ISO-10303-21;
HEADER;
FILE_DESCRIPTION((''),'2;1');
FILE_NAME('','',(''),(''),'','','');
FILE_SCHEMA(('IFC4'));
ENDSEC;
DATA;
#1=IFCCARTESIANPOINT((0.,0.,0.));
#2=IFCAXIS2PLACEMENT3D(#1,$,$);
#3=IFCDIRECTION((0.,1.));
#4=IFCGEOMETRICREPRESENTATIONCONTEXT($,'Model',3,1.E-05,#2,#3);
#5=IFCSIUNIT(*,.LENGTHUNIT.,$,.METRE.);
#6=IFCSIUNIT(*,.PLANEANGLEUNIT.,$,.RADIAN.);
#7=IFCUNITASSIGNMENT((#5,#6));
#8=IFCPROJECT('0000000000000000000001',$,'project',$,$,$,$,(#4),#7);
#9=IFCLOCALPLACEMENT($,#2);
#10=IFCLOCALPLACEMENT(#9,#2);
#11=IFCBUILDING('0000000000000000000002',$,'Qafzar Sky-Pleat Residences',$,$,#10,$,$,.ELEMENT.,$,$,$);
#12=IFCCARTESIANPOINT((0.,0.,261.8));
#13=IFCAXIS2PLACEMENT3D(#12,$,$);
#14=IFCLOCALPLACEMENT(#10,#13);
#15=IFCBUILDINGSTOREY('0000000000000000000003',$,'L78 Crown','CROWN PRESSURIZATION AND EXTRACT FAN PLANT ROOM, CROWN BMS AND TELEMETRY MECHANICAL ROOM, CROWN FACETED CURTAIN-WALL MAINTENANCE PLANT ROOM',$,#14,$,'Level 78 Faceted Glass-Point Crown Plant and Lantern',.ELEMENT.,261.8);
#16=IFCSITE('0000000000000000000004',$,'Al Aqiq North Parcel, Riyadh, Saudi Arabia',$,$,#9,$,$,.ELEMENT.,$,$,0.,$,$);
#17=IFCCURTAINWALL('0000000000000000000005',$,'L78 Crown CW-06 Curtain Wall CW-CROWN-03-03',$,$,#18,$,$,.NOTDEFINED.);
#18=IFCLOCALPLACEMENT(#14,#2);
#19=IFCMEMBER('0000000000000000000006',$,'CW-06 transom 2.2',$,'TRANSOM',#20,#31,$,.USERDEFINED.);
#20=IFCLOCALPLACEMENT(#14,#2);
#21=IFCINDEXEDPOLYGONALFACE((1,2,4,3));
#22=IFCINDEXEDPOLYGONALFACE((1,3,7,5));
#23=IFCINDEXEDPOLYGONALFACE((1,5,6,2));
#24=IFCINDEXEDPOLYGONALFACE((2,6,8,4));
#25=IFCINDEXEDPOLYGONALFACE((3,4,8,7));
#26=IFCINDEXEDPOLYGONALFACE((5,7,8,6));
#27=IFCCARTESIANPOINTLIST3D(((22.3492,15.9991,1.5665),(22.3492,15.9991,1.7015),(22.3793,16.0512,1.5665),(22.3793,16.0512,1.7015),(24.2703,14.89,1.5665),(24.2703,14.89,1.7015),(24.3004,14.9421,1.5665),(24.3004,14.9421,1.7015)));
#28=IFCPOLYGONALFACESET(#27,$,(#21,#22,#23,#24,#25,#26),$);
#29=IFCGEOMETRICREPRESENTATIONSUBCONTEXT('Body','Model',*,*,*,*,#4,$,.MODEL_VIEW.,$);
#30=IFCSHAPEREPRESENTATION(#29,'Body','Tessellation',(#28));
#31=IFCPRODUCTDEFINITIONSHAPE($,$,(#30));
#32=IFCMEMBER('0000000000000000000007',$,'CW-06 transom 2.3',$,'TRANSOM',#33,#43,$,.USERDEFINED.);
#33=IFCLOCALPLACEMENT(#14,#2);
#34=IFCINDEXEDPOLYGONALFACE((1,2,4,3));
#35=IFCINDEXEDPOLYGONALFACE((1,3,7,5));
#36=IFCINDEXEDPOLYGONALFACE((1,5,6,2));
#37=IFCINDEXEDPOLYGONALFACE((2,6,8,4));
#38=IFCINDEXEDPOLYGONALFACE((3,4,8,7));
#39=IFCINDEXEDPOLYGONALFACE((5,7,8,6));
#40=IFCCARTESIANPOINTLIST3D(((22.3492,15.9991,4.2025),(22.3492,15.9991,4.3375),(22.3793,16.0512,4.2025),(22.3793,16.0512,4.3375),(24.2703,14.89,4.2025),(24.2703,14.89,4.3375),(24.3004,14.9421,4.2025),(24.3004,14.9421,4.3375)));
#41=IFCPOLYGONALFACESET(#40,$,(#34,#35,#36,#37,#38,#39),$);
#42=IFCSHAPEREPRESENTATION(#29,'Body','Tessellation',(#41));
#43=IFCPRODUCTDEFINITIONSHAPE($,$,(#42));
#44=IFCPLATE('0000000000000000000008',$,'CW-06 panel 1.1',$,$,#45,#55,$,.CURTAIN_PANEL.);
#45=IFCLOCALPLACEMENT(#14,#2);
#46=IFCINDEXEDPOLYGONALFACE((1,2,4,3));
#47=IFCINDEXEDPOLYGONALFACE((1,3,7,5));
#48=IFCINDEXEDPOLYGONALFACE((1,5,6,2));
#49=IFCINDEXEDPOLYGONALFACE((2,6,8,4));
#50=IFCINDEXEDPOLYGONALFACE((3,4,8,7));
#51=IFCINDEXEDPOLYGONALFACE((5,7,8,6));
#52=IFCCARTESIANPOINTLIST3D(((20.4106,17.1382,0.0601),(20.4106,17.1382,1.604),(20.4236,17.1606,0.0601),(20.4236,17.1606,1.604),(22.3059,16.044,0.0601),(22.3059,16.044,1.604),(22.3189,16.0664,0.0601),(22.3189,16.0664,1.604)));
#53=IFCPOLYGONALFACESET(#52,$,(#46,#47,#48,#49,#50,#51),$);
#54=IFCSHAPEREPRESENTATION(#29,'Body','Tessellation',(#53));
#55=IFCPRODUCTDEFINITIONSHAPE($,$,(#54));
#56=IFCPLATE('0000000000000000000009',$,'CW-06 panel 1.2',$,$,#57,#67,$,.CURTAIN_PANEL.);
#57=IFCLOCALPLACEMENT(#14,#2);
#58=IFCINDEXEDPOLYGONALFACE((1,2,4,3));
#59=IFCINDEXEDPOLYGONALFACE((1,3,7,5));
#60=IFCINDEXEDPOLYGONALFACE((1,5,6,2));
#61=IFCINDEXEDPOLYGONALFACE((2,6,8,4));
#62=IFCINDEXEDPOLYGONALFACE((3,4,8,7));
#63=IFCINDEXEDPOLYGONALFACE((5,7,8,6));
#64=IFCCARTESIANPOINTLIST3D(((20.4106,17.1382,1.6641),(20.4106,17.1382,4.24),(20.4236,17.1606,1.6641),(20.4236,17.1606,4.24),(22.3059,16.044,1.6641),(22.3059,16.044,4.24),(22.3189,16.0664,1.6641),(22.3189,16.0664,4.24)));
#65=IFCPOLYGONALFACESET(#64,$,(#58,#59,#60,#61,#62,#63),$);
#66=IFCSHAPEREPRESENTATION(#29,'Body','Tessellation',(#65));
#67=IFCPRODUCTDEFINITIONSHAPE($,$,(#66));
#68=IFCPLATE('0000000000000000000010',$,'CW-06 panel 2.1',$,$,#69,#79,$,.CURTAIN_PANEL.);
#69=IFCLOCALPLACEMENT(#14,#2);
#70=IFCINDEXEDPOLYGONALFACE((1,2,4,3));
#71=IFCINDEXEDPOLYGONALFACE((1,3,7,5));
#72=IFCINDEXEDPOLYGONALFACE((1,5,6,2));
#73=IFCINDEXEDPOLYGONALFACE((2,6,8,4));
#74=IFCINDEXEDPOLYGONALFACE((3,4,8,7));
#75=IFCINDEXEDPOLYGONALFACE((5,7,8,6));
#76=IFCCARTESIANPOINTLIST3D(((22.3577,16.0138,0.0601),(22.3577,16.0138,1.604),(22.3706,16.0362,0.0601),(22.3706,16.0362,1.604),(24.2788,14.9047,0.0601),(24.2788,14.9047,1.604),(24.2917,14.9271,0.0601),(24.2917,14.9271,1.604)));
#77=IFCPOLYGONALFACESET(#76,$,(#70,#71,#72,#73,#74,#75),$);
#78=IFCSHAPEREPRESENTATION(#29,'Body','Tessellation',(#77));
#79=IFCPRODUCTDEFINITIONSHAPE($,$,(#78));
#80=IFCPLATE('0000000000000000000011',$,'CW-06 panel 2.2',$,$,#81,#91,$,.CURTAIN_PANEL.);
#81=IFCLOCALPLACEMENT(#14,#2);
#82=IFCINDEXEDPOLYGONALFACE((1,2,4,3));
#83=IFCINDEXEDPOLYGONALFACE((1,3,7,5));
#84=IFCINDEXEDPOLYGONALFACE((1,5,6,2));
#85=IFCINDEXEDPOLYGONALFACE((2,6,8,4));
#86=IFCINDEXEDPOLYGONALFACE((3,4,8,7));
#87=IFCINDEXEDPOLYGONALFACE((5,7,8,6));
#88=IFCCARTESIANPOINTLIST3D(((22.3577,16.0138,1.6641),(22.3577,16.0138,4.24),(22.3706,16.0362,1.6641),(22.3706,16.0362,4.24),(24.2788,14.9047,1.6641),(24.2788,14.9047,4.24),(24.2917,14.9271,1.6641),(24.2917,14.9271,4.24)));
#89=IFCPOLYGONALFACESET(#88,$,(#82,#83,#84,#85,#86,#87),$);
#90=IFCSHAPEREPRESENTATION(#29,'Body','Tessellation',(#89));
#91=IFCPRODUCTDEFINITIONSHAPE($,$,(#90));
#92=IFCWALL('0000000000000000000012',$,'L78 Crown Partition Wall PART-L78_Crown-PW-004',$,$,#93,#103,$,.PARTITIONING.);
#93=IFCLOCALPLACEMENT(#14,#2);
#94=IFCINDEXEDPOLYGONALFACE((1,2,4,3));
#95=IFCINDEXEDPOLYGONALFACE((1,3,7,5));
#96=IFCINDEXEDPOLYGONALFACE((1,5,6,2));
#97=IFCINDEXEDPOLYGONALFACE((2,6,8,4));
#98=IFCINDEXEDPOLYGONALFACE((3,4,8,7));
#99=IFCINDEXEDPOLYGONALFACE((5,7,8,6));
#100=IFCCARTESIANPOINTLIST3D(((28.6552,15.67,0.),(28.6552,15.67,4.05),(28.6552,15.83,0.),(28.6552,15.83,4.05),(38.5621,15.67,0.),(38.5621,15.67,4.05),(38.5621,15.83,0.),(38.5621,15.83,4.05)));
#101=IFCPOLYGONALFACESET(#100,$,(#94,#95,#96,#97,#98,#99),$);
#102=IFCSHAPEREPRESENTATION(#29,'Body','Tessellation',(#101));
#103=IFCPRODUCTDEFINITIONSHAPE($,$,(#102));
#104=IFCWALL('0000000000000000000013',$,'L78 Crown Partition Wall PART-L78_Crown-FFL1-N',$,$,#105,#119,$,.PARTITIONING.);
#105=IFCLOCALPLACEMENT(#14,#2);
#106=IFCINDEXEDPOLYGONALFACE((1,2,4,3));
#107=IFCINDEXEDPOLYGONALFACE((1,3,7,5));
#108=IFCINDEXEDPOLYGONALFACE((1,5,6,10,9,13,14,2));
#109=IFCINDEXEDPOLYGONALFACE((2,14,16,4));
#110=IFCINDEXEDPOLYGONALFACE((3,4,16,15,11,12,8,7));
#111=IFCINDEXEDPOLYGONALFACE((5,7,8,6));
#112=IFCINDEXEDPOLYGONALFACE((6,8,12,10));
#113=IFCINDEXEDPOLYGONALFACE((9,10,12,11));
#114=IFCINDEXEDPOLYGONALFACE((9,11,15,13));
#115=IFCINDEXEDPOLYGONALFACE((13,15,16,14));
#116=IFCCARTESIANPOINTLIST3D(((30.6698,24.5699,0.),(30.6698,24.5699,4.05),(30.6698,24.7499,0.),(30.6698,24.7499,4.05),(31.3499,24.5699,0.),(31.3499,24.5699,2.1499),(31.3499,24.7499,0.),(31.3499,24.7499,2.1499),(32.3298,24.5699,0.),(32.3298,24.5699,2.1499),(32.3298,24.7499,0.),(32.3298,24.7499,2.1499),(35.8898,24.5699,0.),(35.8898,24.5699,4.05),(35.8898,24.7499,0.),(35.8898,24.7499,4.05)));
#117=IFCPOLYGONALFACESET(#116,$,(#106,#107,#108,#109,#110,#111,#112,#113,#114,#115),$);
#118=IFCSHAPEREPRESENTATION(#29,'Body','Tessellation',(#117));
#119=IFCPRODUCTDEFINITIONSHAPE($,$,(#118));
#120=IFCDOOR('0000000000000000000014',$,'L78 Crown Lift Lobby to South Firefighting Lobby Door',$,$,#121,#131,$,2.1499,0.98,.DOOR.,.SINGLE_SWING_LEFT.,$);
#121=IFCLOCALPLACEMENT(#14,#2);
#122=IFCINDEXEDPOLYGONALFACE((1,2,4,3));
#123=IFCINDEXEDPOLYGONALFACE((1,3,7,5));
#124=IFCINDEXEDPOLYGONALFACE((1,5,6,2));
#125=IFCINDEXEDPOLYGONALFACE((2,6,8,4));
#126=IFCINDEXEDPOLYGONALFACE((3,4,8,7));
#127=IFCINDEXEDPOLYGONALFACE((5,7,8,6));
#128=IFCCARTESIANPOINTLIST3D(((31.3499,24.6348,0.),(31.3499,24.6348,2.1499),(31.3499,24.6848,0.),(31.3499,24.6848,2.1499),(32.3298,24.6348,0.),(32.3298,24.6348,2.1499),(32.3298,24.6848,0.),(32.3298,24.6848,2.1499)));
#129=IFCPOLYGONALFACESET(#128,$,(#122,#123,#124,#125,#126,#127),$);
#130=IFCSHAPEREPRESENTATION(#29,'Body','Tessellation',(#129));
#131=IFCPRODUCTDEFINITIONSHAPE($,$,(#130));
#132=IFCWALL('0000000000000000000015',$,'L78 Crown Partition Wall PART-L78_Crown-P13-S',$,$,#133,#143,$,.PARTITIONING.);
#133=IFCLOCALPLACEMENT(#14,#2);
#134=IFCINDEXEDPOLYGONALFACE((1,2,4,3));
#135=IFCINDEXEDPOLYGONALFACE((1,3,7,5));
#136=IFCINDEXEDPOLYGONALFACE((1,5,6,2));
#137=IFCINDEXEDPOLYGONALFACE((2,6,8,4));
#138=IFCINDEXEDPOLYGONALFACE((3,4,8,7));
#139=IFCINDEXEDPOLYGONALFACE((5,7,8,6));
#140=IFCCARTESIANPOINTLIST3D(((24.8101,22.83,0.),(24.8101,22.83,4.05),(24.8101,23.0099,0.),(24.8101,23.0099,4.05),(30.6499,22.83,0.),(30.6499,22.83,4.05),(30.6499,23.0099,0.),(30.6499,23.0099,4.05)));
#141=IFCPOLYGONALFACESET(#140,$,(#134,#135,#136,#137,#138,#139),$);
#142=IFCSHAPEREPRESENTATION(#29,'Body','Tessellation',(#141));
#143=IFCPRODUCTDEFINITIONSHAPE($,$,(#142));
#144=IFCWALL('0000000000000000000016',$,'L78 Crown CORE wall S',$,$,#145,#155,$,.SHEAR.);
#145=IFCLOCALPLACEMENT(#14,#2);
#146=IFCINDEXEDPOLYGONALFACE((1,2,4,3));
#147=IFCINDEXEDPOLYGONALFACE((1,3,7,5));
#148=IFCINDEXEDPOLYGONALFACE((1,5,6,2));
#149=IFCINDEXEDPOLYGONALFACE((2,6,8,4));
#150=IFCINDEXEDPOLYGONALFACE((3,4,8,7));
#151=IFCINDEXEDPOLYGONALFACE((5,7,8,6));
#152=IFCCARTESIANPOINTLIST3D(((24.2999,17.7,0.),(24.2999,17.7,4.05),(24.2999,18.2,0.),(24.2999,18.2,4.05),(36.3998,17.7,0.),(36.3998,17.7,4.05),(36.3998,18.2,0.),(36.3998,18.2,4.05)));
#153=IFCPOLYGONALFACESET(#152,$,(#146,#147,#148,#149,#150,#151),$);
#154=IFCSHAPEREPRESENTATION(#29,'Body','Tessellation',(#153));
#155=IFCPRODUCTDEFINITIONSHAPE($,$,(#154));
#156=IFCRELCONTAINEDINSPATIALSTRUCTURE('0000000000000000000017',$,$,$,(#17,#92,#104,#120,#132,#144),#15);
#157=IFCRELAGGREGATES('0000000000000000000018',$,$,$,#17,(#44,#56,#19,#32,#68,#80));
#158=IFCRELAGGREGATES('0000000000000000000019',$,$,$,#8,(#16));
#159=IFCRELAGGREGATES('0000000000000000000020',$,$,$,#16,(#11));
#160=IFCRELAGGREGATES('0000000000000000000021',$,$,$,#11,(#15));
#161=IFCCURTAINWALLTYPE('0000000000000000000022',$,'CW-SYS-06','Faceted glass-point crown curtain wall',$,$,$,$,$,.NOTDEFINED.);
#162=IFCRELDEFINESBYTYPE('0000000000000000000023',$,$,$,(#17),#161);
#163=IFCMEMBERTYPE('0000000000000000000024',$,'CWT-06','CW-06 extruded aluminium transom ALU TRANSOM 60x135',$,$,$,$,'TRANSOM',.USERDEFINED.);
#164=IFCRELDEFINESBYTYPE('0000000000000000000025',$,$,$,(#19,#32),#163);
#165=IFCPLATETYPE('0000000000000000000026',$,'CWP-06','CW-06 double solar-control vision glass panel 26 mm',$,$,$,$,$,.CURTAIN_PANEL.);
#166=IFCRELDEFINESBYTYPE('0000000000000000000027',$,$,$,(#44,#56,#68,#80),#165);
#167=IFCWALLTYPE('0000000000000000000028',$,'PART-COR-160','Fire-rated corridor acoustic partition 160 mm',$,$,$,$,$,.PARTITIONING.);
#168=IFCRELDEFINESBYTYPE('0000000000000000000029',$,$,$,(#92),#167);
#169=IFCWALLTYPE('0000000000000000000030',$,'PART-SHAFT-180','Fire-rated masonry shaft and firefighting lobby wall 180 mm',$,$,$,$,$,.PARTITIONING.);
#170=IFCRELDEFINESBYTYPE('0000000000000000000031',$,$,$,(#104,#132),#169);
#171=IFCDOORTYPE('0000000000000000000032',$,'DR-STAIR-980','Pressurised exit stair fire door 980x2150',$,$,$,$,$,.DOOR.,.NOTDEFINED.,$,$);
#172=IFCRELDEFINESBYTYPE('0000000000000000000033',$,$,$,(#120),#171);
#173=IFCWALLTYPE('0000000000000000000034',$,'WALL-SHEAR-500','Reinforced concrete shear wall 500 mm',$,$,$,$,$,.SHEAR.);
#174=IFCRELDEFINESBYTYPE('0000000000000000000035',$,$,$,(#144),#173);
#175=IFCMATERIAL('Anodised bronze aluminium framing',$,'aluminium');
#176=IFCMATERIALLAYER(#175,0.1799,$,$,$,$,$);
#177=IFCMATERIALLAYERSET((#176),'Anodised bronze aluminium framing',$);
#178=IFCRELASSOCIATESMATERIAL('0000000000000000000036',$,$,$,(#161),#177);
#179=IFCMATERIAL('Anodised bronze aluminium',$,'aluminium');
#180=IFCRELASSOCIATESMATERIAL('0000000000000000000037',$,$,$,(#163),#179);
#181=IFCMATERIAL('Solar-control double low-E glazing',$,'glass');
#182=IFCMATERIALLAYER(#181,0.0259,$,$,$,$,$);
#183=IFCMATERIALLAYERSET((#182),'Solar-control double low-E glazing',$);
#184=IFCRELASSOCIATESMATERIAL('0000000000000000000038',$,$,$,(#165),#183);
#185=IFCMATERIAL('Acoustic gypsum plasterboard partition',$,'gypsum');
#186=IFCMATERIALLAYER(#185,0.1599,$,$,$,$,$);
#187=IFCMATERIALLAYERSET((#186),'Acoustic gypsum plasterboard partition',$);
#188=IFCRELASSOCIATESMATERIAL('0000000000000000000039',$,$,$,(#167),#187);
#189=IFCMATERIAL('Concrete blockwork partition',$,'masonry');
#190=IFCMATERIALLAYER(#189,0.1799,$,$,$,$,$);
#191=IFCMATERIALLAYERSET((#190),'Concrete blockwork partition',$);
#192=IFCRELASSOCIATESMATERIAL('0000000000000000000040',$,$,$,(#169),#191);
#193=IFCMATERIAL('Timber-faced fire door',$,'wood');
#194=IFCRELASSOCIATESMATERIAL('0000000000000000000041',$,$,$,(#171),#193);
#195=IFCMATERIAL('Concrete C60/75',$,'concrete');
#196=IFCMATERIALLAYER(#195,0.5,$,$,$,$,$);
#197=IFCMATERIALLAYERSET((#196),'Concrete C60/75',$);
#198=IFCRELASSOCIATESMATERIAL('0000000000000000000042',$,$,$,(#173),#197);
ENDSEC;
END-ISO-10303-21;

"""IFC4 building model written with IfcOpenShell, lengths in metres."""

from ifc_helpers import new_model, si_unit, direction, frame, frame_2d, origin, origin_2d, place, context, subcontext, project, spatial, rectangle, extrude, source, transform, mapped, material, layer, layer_set, material_profile, profile_set, type_object, element, fill, aggregate, save


model = new_model("IFC4")

# Units and contexts
model_context = context("Model", 3, precision=1e-05, world=origin(), true_north=direction((0.0, 1.0)))
body_context = subcontext(model_context, "Body", "Model", "MODEL_VIEW")
ifc_project = project(units=[si_unit("LENGTHUNIT", "METRE"), si_unit("PLANEANGLEUNIT", "RADIAN")], contexts=[model_context])

# Site, building, storey
site_placement = place(None, origin())
site = spatial("IfcSite", under=ifc_project, at=site_placement, Name="Al Aqiq North Parcel, Riyadh, Saudi Arabia", CompositionType="ELEMENT", RefElevation=0.0)
building_placement = place(site_placement, origin())
building = spatial("IfcBuilding", under=site, at=building_placement, Name="Qafzar Sky-Pleat Residences", CompositionType="ELEMENT")
storey_placement = place(building_placement, frame((0.0, 0.0, 261.8)))
storey = spatial("IfcBuildingStorey", under=building, at=storey_placement, Name="L78 Crown", Description="CROWN PRESSURIZATION AND EXTRACT FAN PLANT ROOM, CROWN BMS AND TELEMETRY MECHANICAL ROOM, CROWN FACETED CURTAIN-WALL MAINTENANCE PLANT ROOM", LongName="Level 78 Faceted Glass-Point Crown Plant and Lantern", CompositionType="ELEMENT", Elevation=261.8)

# Curtain wall, members, plates
ifc_material_1 = material(Name="Anodised bronze aluminium framing", Category="aluminium")
ifc_layer_1 = layer(ifc_material_1, 0.1799)
ifc_layer_set_1 = layer_set([ifc_layer_1], Name="Anodised bronze aluminium framing")
curtain_wall_type = type_object("IfcCurtainWallType", Name="CW-SYS-06", Description="Faceted glass-point crown curtain wall", PredefinedType="NOTDEFINED", material=ifc_layer_set_1)
curtain_wall_placement = place(storey_placement, origin())
curtain_wall = element("IfcCurtainWall", 1, at=curtain_wall_placement, inside=storey, type_object=curtain_wall_type, Name="L78 Crown CW-06 Curtain Wall CW-CROWN-03-03", PredefinedType="NOTDEFINED")
ifc_material_2 = material(Name="Anodised bronze aluminium", Category="aluminium")
ifc_material_profile_1 = material_profile(ifc_material_2, rectangle(XDim=0.0601, YDim=0.135, at=origin_2d()), Name="ALU TRANSOM 60x135")
ifc_profile_set_1 = profile_set([ifc_material_profile_1], Name="Anodised bronze aluminium")
member_type_1 = type_object("IfcMemberType", Name="CWT-06", Description="CW-06 extruded aluminium transom ALU TRANSOM 60x135", ElementType="TRANSOM", PredefinedType="USERDEFINED", material=ifc_profile_set_1)
shared_shape_1 = source(origin(), body_context, "Body", "SweptSolid", [
    extrude(rectangle(XDim=0.0601, YDim=0.135, at=origin_2d()), origin(), (0.0, 0.0, 1.0), 2.2183),
])
member_1_placement = place(storey_placement, frame((22.3643, 16.0251, 1.634), z_axis=(0.866033, -0.499986, 0.0), x_axis=(0.499986, 0.866033, 0.0)))
member_1 = element("IfcMember", 2, at=member_1_placement, type_object=member_type_1, Name="CW-06 transom 2.2", ObjectType="TRANSOM", PredefinedType="USERDEFINED", context=body_context, shape_type="MappedRepresentation", body=[
    mapped(shared_shape_1, transform((0.0, 0.0, 0.0), x_axis=(1.0, 0.0, 0.0), y_axis=(0.0, 1.0, 0.0), z_axis=(0.0, 0.0, 1.0), scale=1.0)),
])
member_2_placement = place(storey_placement, frame((22.3643, 16.0251, 4.27), z_axis=(0.866033, -0.499986, 0.0), x_axis=(0.499986, 0.866033, 0.0)))
member_2 = element("IfcMember", 3, at=member_2_placement, type_object=member_type_1, Name="CW-06 transom 2.3", ObjectType="TRANSOM", PredefinedType="USERDEFINED", context=body_context, shape_type="MappedRepresentation", body=[
    mapped(shared_shape_1, transform((0.0, 0.0, 0.0), x_axis=(1.0, 0.0, 0.0), y_axis=(0.0, 1.0, 0.0), z_axis=(0.0, 0.0, 1.0), scale=1.0)),
])
ifc_material_3 = material(Name="Solar-control double low-E glazing", Category="glass")
ifc_layer_2 = layer(ifc_material_3, 0.0259)
ifc_layer_set_2 = layer_set([ifc_layer_2], Name="Solar-control double low-E glazing")
plate_type = type_object("IfcPlateType", Name="CWP-06", Description="CW-06 double solar-control vision glass panel 26 mm", PredefinedType="CURTAIN_PANEL", material=ifc_layer_set_2)
shared_shape_2 = source(origin(), body_context, "Body", "SweptSolid", [
    extrude(rectangle(XDim=2.1885, YDim=0.0259, at=origin_2d()), origin(), (0.0, 0.0, 1.0), 1.5439),
])
plate_1_placement = place(storey_placement, frame((21.3647, 16.6023, 0.0601), z_axis=(0.0, 0.0, 1.0), x_axis=(0.86603, -0.499993, 0.0)))
plate_1 = element("IfcPlate", 4, at=plate_1_placement, type_object=plate_type, Name="CW-06 panel 1.1", PredefinedType="CURTAIN_PANEL", context=body_context, shape_type="MappedRepresentation", body=[
    mapped(shared_shape_2, transform((0.0, 0.0, 0.0), x_axis=(1.0, 0.0, 0.0), y_axis=(0.0, 1.0, 0.0), z_axis=(0.0, 0.0, 1.0), scale=1.0)),
])
shared_shape_3 = source(origin(), body_context, "Body", "SweptSolid", [
    extrude(rectangle(XDim=2.1885, YDim=0.0259, at=origin_2d()), origin(), (0.0, 0.0, 1.0), 2.5759),
])
plate_2_placement = place(storey_placement, frame((21.3647, 16.6023, 1.6641), z_axis=(0.0, 0.0, 1.0), x_axis=(0.86603, -0.499993, 0.0)))
plate_2 = element("IfcPlate", 5, at=plate_2_placement, type_object=plate_type, Name="CW-06 panel 1.2", PredefinedType="CURTAIN_PANEL", context=body_context, shape_type="MappedRepresentation", body=[
    mapped(shared_shape_3, transform((0.0, 0.0, 0.0), x_axis=(1.0, 0.0, 0.0), y_axis=(0.0, 1.0, 0.0), z_axis=(0.0, 0.0, 1.0), scale=1.0)),
])
shared_shape_4 = source(origin(), body_context, "Body", "SweptSolid", [
    extrude(rectangle(XDim=2.2183, YDim=0.0259, at=origin_2d()), origin(), (0.0, 0.0, 1.0), 1.5439),
])
plate_3_placement = place(storey_placement, frame((23.3247, 15.4705, 0.0601), z_axis=(0.0, 0.0, 1.0), x_axis=(0.86603, -0.499993, 0.0)))
plate_3 = element("IfcPlate", 6, at=plate_3_placement, type_object=plate_type, Name="CW-06 panel 2.1", PredefinedType="CURTAIN_PANEL", context=body_context, shape_type="MappedRepresentation", body=[
    mapped(shared_shape_4, transform((0.0, 0.0, 0.0), x_axis=(1.0, 0.0, 0.0), y_axis=(0.0, 1.0, 0.0), z_axis=(0.0, 0.0, 1.0), scale=1.0)),
])
shared_shape_5 = source(origin(), body_context, "Body", "SweptSolid", [
    extrude(rectangle(XDim=2.2183, YDim=0.0259, at=origin_2d()), origin(), (0.0, 0.0, 1.0), 2.5759),
])
plate_4_placement = place(storey_placement, frame((23.3247, 15.4705, 1.6641), z_axis=(0.0, 0.0, 1.0), x_axis=(0.86603, -0.499993, 0.0)))
plate_4 = element("IfcPlate", 7, at=plate_4_placement, type_object=plate_type, Name="CW-06 panel 2.2", PredefinedType="CURTAIN_PANEL", context=body_context, shape_type="MappedRepresentation", body=[
    mapped(shared_shape_5, transform((0.0, 0.0, 0.0), x_axis=(1.0, 0.0, 0.0), y_axis=(0.0, 1.0, 0.0), z_axis=(0.0, 0.0, 1.0), scale=1.0)),
])
aggregate(curtain_wall, [plate_1, plate_2, member_1, member_2, plate_3, plate_4])

# Shared definitions
ifc_material_4 = material(Name="Acoustic gypsum plasterboard partition", Category="gypsum")
ifc_layer_3 = layer(ifc_material_4, 0.1599)
ifc_layer_set_3 = layer_set([ifc_layer_3], Name="Acoustic gypsum plasterboard partition")
wall_type_1 = type_object("IfcWallType", Name="PART-COR-160", Description="Fire-rated corridor acoustic partition 160 mm", PredefinedType="PARTITIONING", material=ifc_layer_set_3)
ifc_material_5 = material(Name="Timber-faced fire door", Category="wood")

# Wall
wall_1_placement = place(storey_placement, frame((28.655, 15.75, 0.0), z_axis=(0.0, 0.0, 1.0), x_axis=(1.0, 0.0, 0.0)))
element("IfcWall", 8, at=wall_1_placement, inside=storey, type_object=wall_type_1, Name="L78 Crown Partition Wall PART-L78_Crown-PW-004", PredefinedType="PARTITIONING", context=body_context, shape_type="SweptSolid", body=[
    extrude(rectangle(XDim=9.907, YDim=0.1599, at=frame_2d((4.9536, 0.0))), origin(), (0.0, 0.0, 1.0), 4.05),
])

# Wall, opening, door
ifc_material_6 = material(Name="Concrete blockwork partition", Category="masonry")
ifc_layer_4 = layer(ifc_material_6, 0.1799)
ifc_layer_set_4 = layer_set([ifc_layer_4], Name="Concrete blockwork partition")
wall_type_2 = type_object("IfcWallType", Name="PART-SHAFT-180", Description="Fire-rated masonry shaft and firefighting lobby wall 180 mm", PredefinedType="PARTITIONING", material=ifc_layer_set_4)
wall_2_placement = place(storey_placement, frame((30.6699, 24.6599, 0.0), z_axis=(0.0, 0.0, 1.0), x_axis=(1.0, 0.0, 0.0)))
wall_2 = element("IfcWall", 9, at=wall_2_placement, inside=storey, type_object=wall_type_2, Name="L78 Crown Partition Wall PART-L78_Crown-FFL1-N", PredefinedType="PARTITIONING", context=body_context, shape_type="SweptSolid", body=[
    extrude(rectangle(XDim=5.22, YDim=0.1799, at=frame_2d((2.6099, 0.0))), origin(), (0.0, 0.0, 1.0), 4.05),
])
opening_1_placement = place(wall_2_placement, frame((0.6799, 0.0, 0.0)))
opening_1 = element("IfcOpeningElement", 10, at=opening_1_placement, cuts=wall_2, PredefinedType="OPENING", context=body_context, shape_type="SweptSolid", body=[
    extrude(rectangle(XDim=0.98, YDim=2.1499, at=frame_2d((0.49, 1.075))), frame((0.0, 0.1001, 0.0), z_axis=(0.0, -1.0, 0.0), x_axis=(1.0, 0.0, 0.0)), (0.0, 0.0, 1.0), 0.2),
])
door_type_1 = type_object("IfcDoorType", Name="DR-STAIR-980", Description="Pressurised exit stair fire door 980x2150", OperationType="NOTDEFINED", PredefinedType="DOOR", material=ifc_material_5)
shared_shape_6 = source(origin(), body_context, "Body", "SweptSolid", [
    extrude(rectangle(XDim=0.98, YDim=2.1499, at=frame_2d((0.49, 1.075))), frame((0.0, 0.0249, 0.0), z_axis=(0.0, -1.0, 0.0), x_axis=(1.0, 0.0, 0.0)), (0.0, 0.0, 1.0), 0.05),
])
door_1_placement = place(opening_1_placement, origin())
door_1 = element("IfcDoor", 11, at=door_1_placement, inside=storey, type_object=door_type_1, Name="L78 Crown Lift Lobby to South Firefighting Lobby Door", OperationType="SINGLE_SWING_LEFT", OverallHeight=2.1499, OverallWidth=0.98, PredefinedType="DOOR", context=body_context, shape_type="MappedRepresentation", body=[
    mapped(shared_shape_6, transform((0.0, 0.0, 0.0), x_axis=(1.0, 0.0, 0.0), y_axis=(0.0, 1.0, 0.0), z_axis=(0.0, 0.0, 1.0), scale=1.0)),
])
fill(opening_1, door_1)

# Wall
wall_3_placement = place(storey_placement, frame((24.8101, 22.9199, 0.0), z_axis=(0.0, 0.0, 1.0), x_axis=(1.0, 0.0, 0.0)))
element("IfcWall", 12, at=wall_3_placement, inside=storey, type_object=wall_type_2, Name="L78 Crown Partition Wall PART-L78_Crown-P13-S", PredefinedType="PARTITIONING", context=body_context, shape_type="SweptSolid", body=[
    extrude(rectangle(XDim=5.8398, YDim=0.1799, at=frame_2d((2.9199, 0.0))), origin(), (0.0, 0.0, 1.0), 4.05),
])

# Shared definitions
ifc_material_7 = material(Name="Concrete C60/75", Category="concrete")

# Wall
ifc_layer_5 = layer(ifc_material_7, 0.5)
ifc_layer_set_5 = layer_set([ifc_layer_5], Name="Concrete C60/75")
wall_type_3 = type_object("IfcWallType", Name="WALL-SHEAR-500", Description="Reinforced concrete shear wall 500 mm", PredefinedType="SHEAR", material=ifc_layer_set_5)
wall_4_placement = place(storey_placement, frame((24.3, 17.95, 0.0), z_axis=(0.0, 0.0, 1.0), x_axis=(1.0, 0.0, 0.0)))
element("IfcWall", 13, at=wall_4_placement, inside=storey, type_object=wall_type_3, Name="L78 Crown CORE wall S", PredefinedType="SHEAR", context=body_context, shape_type="SweptSolid", body=[
    extrude(rectangle(XDim=12.0999, YDim=0.5, at=frame_2d((6.0498, 0.0))), origin(), (0.0, 0.0, 1.0), 4.05),
])

save(model, "model.ifc")
